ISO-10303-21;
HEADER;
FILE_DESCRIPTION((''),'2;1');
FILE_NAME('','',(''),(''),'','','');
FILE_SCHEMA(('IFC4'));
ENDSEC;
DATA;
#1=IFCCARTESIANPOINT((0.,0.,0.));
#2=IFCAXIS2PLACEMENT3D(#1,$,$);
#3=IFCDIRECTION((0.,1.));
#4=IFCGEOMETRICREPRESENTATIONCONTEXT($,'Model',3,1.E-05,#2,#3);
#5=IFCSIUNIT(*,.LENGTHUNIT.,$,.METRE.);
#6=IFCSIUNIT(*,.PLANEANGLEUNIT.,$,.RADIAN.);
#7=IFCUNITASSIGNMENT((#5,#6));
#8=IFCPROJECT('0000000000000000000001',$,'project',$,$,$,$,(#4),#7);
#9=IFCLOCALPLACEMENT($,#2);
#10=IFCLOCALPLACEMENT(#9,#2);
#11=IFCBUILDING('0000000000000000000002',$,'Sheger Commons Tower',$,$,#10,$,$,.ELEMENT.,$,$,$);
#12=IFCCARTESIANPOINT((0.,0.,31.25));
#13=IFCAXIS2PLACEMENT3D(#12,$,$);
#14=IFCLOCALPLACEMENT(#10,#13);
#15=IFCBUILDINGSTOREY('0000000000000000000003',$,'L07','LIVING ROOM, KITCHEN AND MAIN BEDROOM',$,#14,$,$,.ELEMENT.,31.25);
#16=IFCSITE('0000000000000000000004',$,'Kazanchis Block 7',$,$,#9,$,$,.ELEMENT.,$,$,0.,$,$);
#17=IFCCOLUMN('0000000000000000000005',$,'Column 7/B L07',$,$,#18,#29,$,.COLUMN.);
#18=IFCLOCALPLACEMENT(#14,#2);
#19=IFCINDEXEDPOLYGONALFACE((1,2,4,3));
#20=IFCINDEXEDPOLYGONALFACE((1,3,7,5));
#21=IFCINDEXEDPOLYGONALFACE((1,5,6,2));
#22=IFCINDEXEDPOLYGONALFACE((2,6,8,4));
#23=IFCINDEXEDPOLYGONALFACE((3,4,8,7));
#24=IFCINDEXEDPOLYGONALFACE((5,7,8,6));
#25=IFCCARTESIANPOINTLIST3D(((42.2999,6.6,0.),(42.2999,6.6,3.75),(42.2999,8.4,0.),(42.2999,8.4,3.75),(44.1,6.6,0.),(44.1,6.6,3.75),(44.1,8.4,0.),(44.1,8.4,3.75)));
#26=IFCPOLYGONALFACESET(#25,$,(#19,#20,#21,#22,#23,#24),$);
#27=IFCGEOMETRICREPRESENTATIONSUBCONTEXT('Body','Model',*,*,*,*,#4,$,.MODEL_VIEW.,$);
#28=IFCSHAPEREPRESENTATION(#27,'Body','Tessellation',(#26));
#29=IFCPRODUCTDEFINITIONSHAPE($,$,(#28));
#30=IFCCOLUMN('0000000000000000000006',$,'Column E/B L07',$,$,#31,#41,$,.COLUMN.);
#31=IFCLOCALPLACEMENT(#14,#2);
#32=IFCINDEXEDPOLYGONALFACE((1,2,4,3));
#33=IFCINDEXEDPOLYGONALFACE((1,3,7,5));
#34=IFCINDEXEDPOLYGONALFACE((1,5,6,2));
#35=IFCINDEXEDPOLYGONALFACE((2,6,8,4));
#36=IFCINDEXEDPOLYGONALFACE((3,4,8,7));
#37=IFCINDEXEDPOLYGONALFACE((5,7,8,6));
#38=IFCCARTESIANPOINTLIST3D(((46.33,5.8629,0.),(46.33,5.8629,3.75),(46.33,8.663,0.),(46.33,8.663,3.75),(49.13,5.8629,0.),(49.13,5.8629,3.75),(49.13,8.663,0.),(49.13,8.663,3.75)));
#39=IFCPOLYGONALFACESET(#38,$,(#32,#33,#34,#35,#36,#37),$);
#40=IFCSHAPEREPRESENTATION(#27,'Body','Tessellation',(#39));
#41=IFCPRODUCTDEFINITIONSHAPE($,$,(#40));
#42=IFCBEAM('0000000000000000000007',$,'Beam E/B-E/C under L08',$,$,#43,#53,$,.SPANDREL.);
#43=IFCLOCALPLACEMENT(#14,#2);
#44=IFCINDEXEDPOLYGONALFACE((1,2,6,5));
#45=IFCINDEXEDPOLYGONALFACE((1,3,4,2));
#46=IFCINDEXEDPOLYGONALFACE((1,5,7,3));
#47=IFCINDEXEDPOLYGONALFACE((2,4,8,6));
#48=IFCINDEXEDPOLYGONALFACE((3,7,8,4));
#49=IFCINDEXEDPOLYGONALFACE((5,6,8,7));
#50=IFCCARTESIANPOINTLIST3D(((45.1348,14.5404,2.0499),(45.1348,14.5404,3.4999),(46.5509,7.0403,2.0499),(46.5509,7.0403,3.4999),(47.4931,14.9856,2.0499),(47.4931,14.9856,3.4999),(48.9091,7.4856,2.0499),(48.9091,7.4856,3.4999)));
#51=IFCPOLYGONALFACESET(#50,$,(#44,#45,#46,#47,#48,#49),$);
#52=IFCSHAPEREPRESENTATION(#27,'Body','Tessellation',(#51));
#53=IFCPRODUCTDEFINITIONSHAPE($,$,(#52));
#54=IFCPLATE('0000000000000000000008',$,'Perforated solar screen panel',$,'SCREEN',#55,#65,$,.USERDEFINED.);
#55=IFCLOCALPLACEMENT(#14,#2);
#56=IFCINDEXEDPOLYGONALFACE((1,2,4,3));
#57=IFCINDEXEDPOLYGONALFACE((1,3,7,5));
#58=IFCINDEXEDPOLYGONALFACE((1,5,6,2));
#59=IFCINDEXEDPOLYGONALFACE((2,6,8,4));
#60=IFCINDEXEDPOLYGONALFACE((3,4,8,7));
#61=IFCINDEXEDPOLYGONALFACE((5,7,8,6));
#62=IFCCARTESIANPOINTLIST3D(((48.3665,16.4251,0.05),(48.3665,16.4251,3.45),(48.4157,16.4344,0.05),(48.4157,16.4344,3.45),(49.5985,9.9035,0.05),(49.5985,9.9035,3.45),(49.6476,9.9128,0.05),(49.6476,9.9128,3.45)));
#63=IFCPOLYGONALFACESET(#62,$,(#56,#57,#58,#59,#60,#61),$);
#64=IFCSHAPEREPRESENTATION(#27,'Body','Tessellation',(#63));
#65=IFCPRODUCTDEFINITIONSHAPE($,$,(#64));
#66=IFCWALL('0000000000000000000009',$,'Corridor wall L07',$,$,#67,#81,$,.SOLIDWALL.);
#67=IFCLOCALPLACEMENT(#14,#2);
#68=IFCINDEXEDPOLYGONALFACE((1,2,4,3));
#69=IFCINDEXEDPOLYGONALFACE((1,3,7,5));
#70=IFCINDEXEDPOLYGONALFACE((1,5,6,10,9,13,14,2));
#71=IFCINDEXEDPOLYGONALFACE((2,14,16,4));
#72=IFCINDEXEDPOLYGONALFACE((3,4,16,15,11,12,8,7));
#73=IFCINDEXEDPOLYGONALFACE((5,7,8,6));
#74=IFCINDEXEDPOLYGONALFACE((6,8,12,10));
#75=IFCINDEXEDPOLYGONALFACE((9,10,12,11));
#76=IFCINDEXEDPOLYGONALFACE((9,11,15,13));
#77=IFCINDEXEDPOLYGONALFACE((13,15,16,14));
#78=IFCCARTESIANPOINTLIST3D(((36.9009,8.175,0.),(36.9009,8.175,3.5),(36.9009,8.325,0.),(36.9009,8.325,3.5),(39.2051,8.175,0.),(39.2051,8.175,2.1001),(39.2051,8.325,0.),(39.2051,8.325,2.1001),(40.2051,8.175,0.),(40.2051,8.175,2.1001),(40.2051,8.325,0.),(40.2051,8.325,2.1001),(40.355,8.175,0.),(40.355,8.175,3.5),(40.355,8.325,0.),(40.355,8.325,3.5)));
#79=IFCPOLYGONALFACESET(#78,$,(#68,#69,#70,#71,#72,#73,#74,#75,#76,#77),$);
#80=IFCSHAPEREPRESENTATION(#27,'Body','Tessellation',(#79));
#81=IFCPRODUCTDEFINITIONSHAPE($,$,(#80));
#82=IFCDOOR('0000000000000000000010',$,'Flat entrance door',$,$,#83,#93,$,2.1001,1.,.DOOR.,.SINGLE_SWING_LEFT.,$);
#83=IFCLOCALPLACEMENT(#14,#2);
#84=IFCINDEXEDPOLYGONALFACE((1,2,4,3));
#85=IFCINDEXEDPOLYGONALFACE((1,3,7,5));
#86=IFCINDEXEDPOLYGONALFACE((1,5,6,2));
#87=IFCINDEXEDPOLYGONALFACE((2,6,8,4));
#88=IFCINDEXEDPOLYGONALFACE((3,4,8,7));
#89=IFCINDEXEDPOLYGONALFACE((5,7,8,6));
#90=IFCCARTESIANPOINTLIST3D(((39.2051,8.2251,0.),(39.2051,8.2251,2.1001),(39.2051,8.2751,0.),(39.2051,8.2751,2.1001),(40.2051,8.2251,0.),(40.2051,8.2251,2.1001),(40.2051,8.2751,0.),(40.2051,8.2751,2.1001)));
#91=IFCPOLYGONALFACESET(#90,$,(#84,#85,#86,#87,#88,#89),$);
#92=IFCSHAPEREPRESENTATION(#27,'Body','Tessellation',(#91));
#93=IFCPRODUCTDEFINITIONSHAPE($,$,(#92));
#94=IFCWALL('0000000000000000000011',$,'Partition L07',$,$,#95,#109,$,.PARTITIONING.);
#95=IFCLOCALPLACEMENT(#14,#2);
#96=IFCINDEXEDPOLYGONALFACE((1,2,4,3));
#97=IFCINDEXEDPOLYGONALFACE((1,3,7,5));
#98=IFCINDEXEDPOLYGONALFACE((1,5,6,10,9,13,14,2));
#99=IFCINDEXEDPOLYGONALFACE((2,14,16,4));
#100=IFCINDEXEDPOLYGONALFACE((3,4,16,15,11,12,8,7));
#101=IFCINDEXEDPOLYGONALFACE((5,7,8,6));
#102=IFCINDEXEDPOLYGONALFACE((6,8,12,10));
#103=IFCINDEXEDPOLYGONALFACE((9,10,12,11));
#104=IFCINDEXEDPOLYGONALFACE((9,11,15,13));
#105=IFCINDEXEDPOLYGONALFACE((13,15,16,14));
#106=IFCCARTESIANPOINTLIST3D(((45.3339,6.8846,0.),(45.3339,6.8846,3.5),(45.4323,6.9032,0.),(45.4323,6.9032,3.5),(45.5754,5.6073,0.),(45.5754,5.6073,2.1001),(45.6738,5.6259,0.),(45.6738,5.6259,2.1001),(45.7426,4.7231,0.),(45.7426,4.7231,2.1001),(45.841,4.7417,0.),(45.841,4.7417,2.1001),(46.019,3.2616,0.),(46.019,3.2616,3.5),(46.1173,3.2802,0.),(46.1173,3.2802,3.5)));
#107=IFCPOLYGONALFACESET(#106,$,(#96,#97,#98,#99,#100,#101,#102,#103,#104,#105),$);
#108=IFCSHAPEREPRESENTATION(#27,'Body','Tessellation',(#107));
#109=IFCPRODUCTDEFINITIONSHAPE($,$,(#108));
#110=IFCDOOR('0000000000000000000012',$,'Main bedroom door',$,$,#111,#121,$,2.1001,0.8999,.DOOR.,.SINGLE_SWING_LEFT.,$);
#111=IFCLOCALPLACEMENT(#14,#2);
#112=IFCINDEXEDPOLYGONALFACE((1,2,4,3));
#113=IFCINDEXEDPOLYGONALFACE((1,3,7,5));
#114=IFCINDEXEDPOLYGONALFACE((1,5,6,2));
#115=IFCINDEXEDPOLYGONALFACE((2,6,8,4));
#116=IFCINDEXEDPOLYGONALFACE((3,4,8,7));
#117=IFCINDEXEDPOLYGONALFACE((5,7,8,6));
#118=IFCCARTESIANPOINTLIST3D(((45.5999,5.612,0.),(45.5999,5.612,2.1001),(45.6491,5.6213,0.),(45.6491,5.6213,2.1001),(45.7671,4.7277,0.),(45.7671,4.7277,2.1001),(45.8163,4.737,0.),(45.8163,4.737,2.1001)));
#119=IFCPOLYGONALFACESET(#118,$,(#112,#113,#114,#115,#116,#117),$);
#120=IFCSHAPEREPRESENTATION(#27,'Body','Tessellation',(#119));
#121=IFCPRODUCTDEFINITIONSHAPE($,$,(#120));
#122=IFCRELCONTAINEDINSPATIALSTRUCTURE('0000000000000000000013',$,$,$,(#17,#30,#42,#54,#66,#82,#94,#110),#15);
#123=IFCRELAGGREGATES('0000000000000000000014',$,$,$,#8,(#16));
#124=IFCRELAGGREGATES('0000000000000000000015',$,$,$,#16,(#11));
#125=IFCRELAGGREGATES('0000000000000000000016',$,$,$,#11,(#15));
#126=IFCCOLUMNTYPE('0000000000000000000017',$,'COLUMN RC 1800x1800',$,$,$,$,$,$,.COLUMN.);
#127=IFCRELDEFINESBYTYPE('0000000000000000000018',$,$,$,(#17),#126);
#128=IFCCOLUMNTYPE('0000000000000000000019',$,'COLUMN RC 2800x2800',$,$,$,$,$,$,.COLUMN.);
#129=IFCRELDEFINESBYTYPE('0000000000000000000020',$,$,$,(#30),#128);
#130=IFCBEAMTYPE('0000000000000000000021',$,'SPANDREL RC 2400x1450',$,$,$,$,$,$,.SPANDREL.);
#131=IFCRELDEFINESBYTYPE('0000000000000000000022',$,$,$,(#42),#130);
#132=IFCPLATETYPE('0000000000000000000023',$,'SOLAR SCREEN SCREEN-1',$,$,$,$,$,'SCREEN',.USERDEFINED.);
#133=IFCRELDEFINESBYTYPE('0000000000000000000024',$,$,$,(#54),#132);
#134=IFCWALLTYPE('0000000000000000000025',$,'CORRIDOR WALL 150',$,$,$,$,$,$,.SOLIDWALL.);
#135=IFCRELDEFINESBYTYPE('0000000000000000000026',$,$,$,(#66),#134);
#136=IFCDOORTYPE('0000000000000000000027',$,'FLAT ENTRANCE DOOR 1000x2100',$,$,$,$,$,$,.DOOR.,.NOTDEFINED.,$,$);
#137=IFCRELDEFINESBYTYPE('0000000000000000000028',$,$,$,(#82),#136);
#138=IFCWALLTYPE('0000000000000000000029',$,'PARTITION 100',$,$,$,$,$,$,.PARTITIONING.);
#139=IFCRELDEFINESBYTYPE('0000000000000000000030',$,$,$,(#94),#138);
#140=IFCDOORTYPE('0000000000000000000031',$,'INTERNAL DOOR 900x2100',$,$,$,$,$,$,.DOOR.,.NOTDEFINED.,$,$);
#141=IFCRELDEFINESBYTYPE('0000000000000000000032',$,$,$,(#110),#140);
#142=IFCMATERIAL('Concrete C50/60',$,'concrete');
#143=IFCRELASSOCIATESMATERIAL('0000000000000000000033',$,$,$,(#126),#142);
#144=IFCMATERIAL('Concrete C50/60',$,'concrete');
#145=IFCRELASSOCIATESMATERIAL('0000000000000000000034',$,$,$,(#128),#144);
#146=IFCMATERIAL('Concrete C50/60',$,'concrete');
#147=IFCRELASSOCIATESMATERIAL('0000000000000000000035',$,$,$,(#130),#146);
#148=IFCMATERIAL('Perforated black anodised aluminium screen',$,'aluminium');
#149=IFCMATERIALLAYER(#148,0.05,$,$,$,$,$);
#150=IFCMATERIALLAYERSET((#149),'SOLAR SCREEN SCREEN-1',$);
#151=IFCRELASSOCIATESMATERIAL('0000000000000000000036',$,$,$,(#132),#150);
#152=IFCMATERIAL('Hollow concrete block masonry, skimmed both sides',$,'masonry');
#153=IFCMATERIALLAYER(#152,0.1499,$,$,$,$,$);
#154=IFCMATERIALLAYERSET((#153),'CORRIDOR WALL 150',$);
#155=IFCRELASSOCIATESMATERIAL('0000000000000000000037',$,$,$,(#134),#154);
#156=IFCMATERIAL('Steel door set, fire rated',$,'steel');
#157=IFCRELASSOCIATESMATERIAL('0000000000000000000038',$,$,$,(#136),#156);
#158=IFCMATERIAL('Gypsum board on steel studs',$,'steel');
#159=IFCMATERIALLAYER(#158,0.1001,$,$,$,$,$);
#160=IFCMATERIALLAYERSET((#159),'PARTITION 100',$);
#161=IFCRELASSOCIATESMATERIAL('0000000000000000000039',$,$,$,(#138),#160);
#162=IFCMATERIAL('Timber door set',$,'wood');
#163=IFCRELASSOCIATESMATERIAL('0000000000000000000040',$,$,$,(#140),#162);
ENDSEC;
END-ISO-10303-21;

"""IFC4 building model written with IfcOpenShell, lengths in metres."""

from ifc_helpers import new_model, si_unit, direction, frame, frame_2d, origin, origin_2d, place, context, subcontext, project, spatial, rectangle, extrude, material, layer, layer_set, material_profile, profile_set, type_object, element, fill, save


model = new_model("IFC4")

# Units and contexts
model_context = context("Model", 3, precision=1e-05, world=origin(), true_north=direction((0.0, 1.0)))
body_context = subcontext(model_context, "Body", "Model", "MODEL_VIEW")
ifc_project = project(units=[si_unit("LENGTHUNIT", "METRE"), si_unit("PLANEANGLEUNIT", "RADIAN")], contexts=[model_context])

# Site, building, storey
site_placement = place(None, origin())
site = spatial("IfcSite", under=ifc_project, at=site_placement, Name="Kazanchis Block 7", CompositionType="ELEMENT", RefElevation=0.0)
building_placement = place(site_placement, origin())
building = spatial("IfcBuilding", under=site, at=building_placement, Name="Sheger Commons Tower", CompositionType="ELEMENT")
storey_placement = place(building_placement, frame((0.0, 0.0, 31.25)))
storey = spatial("IfcBuildingStorey", under=building, at=storey_placement, Name="L07", Description="LIVING ROOM, KITCHEN AND MAIN BEDROOM", CompositionType="ELEMENT", Elevation=31.25)

# Columns
ifc_material_1 = material(Name="Concrete C50/60", Category="concrete")
ifc_material_profile_1 = material_profile(ifc_material_1, rectangle(XDim=1.8, YDim=1.8, at=origin_2d()), Name="RC 1800x1800")
ifc_profile_set_1 = profile_set([ifc_material_profile_1], Name="Concrete C50/60")
column_type_1 = type_object("IfcColumnType", Name="COLUMN RC 1800x1800", PredefinedType="COLUMN", material=ifc_profile_set_1)
column_1_placement = place(storey_placement, frame((43.2, 7.5, 0.0), z_axis=(0.0, 0.0, 1.0), x_axis=(1.0, 0.0, 0.0)))
element("IfcColumn", 1, at=column_1_placement, inside=storey, type_object=column_type_1, Name="Column 7/B L07", PredefinedType="COLUMN", context=body_context, shape_type="SweptSolid", body=[
    extrude(rectangle(XDim=1.8, YDim=1.8, at=origin_2d()), origin(), (0.0, 0.0, 1.0), 3.75),
])
ifc_material_2 = material(Name="Concrete C50/60", Category="concrete")
ifc_material_profile_2 = material_profile(ifc_material_2, rectangle(XDim=2.8, YDim=2.8, at=origin_2d()), Name="RC 2800x2800")
ifc_profile_set_2 = profile_set([ifc_material_profile_2], Name="Concrete C50/60")
column_type_2 = type_object("IfcColumnType", Name="COLUMN RC 2800x2800", PredefinedType="COLUMN", material=ifc_profile_set_2)
column_2_placement = place(storey_placement, frame((47.73, 7.2629, 0.0), z_axis=(0.0, 0.0, 1.0), x_axis=(1.0, 0.0, 0.0)))
element("IfcColumn", 2, at=column_2_placement, inside=storey, type_object=column_type_2, Name="Column E/B L07", PredefinedType="COLUMN", context=body_context, shape_type="SweptSolid", body=[
    extrude(rectangle(XDim=2.8, YDim=2.8, at=origin_2d()), origin(), (0.0, 0.0, 1.0), 3.75),
])

# Beam
ifc_material_3 = material(Name="Concrete C50/60", Category="concrete")
ifc_material_profile_3 = material_profile(ifc_material_3, rectangle(XDim=2.3999, YDim=1.45, at=origin_2d()), Name="RC 2400x1450")
ifc_profile_set_3 = profile_set([ifc_material_profile_3], Name="Concrete C50/60")
beam_type = type_object("IfcBeamType", Name="SPANDREL RC 2400x1450", PredefinedType="SPANDREL", material=ifc_profile_set_3)
beam_placement = place(storey_placement, frame((47.73, 7.2629, 2.7749), z_axis=(-0.185524, 0.98264, 0.0), x_axis=(-0.98264, -0.185524, 0.0)))
element("IfcBeam", 3, at=beam_placement, inside=storey, type_object=beam_type, Name="Beam E/B-E/C under L08", PredefinedType="SPANDREL", context=body_context, shape_type="SweptSolid", body=[
    extrude(rectangle(XDim=2.3999, YDim=1.45, at=origin_2d()), origin(), (0.0, 0.0, 1.0), 7.6326),
])

# Plate
ifc_material_4 = material(Name="Perforated black anodised aluminium screen", Category="aluminium")
ifc_layer_1 = layer(ifc_material_4, 0.05)
ifc_layer_set_1 = layer_set([ifc_layer_1], Name="SOLAR SCREEN SCREEN-1")
plate_type = type_object("IfcPlateType", Name="SOLAR SCREEN SCREEN-1", ElementType="SCREEN", PredefinedType="USERDEFINED", material=ifc_layer_set_1)
plate_placement = place(storey_placement, frame((49.0071, 13.1689, 0.05), z_axis=(0.0, 0.0, 1.0), x_axis=(-0.185615, 0.982623, 0.0)))
element("IfcPlate", 4, at=plate_placement, inside=storey, type_object=plate_type, Name="Perforated solar screen panel", ObjectType="SCREEN", PredefinedType="USERDEFINED", context=body_context, shape_type="SweptSolid", body=[
    extrude(rectangle(XDim=6.637, YDim=0.05, at=origin_2d()), origin(), (0.0, 0.0, 1.0), 3.3999),
])

# Walls, openings, doors
ifc_material_5 = material(Name="Hollow concrete block masonry, skimmed both sides", Category="masonry")
ifc_layer_2 = layer(ifc_material_5, 0.1499)
ifc_layer_set_2 = layer_set([ifc_layer_2], Name="CORRIDOR WALL 150")
wall_type_1 = type_object("IfcWallType", Name="CORRIDOR WALL 150", PredefinedType="SOLIDWALL", material=ifc_layer_set_2)
wall_1_placement = place(storey_placement, frame((40.355, 8.25, 0.0), z_axis=(0.0, 0.0, 1.0), x_axis=(-1.0, 0.0, 0.0)))
wall_1 = element("IfcWall", 5, at=wall_1_placement, inside=storey, type_object=wall_type_1, Name="Corridor wall L07", PredefinedType="SOLIDWALL", context=body_context, shape_type="SweptSolid", body=[
    extrude(rectangle(XDim=3.4541, YDim=0.1499, at=frame_2d((1.7271, 0.0))), origin(), (0.0, 0.0, 1.0), 3.5),
])
opening_1_placement = place(wall_1_placement, frame((0.1499, 0.0, 0.0)))
opening_1 = element("IfcOpeningElement", 6, at=opening_1_placement, cuts=wall_1, PredefinedType="OPENING", context=body_context, shape_type="SweptSolid", body=[
    extrude(rectangle(XDim=1.0, YDim=2.1001, at=frame_2d((0.5, 1.05))), frame((0.0, 0.085, 0.0), z_axis=(0.0, -1.0, 0.0), x_axis=(1.0, 0.0, 0.0)), (0.0, 0.0, 1.0), 0.1699),
])
ifc_material_6 = material(Name="Steel door set, fire rated", Category="steel")
door_type_1 = type_object("IfcDoorType", Name="FLAT ENTRANCE DOOR 1000x2100", OperationType="NOTDEFINED", PredefinedType="DOOR", material=ifc_material_6)
door_1_placement = place(opening_1_placement, origin())
door_1 = element("IfcDoor", 7, at=door_1_placement, inside=storey, type_object=door_type_1, Name="Flat entrance door", OperationType="SINGLE_SWING_LEFT", OverallHeight=2.1001, OverallWidth=1.0, PredefinedType="DOOR", context=body_context, shape_type="SweptSolid", body=[
    extrude(rectangle(XDim=1.0, YDim=2.1001, at=frame_2d((0.5, 1.05))), frame((0.0, 0.0249, 0.0), z_axis=(0.0, -1.0, 0.0), x_axis=(1.0, 0.0, 0.0)), (0.0, 0.0, 1.0), 0.05),
])
fill(opening_1, door_1)
ifc_material_7 = material(Name="Gypsum board on steel studs", Category="steel")
ifc_layer_3 = layer(ifc_material_7, 0.1001)
ifc_layer_set_3 = layer_set([ifc_layer_3], Name="PARTITION 100")
wall_type_2 = type_object("IfcWallType", Name="PARTITION 100", PredefinedType="PARTITIONING", material=ifc_layer_set_3)
wall_2_placement = place(storey_placement, frame((45.3831, 6.894, 0.0), z_axis=(0.0, 0.0, 1.0), x_axis=(0.185791, -0.982589, 0.0)))
wall_2 = element("IfcWall", 8, at=wall_2_placement, inside=storey, type_object=wall_type_2, Name="Partition L07", PredefinedType="PARTITIONING", context=body_context, shape_type="SweptSolid", body=[
    extrude(rectangle(XDim=3.6873, YDim=0.1001, at=frame_2d((1.8438, 0.0))), origin(), (0.0, 0.0, 1.0), 3.5),
])
opening_2_placement = place(wall_2_placement, frame((1.3, 0.0, 0.0)))
opening_2 = element("IfcOpeningElement", 9, at=opening_2_placement, cuts=wall_2, PredefinedType="OPENING", context=body_context, shape_type="SweptSolid", body=[
    extrude(rectangle(XDim=0.8999, YDim=2.1001, at=frame_2d((0.45, 1.05))), frame((0.0, 0.0601, 0.0), z_axis=(0.0, -1.0, 0.0), x_axis=(1.0, 0.0, 0.0)), (0.0, 0.0, 1.0), 0.1201),
])
ifc_material_8 = material(Name="Timber door set", Category="wood")
door_type_2 = type_object("IfcDoorType", Name="INTERNAL DOOR 900x2100", OperationType="NOTDEFINED", PredefinedType="DOOR", material=ifc_material_8)
door_2_placement = place(opening_2_placement, origin())
door_2 = element("IfcDoor", 10, at=door_2_placement, inside=storey, type_object=door_type_2, Name="Main bedroom door", OperationType="SINGLE_SWING_LEFT", OverallHeight=2.1001, OverallWidth=0.8999, PredefinedType="DOOR", context=body_context, shape_type="SweptSolid", body=[
    extrude(rectangle(XDim=0.8999, YDim=2.1001, at=frame_2d((0.45, 1.05))), frame((0.0, 0.0249, 0.0), z_axis=(0.0, -1.0, 0.0), x_axis=(1.0, 0.0, 0.0)), (0.0, 0.0, 1.0), 0.05),
])
fill(opening_2, door_2)

save(model, "model.ifc")
